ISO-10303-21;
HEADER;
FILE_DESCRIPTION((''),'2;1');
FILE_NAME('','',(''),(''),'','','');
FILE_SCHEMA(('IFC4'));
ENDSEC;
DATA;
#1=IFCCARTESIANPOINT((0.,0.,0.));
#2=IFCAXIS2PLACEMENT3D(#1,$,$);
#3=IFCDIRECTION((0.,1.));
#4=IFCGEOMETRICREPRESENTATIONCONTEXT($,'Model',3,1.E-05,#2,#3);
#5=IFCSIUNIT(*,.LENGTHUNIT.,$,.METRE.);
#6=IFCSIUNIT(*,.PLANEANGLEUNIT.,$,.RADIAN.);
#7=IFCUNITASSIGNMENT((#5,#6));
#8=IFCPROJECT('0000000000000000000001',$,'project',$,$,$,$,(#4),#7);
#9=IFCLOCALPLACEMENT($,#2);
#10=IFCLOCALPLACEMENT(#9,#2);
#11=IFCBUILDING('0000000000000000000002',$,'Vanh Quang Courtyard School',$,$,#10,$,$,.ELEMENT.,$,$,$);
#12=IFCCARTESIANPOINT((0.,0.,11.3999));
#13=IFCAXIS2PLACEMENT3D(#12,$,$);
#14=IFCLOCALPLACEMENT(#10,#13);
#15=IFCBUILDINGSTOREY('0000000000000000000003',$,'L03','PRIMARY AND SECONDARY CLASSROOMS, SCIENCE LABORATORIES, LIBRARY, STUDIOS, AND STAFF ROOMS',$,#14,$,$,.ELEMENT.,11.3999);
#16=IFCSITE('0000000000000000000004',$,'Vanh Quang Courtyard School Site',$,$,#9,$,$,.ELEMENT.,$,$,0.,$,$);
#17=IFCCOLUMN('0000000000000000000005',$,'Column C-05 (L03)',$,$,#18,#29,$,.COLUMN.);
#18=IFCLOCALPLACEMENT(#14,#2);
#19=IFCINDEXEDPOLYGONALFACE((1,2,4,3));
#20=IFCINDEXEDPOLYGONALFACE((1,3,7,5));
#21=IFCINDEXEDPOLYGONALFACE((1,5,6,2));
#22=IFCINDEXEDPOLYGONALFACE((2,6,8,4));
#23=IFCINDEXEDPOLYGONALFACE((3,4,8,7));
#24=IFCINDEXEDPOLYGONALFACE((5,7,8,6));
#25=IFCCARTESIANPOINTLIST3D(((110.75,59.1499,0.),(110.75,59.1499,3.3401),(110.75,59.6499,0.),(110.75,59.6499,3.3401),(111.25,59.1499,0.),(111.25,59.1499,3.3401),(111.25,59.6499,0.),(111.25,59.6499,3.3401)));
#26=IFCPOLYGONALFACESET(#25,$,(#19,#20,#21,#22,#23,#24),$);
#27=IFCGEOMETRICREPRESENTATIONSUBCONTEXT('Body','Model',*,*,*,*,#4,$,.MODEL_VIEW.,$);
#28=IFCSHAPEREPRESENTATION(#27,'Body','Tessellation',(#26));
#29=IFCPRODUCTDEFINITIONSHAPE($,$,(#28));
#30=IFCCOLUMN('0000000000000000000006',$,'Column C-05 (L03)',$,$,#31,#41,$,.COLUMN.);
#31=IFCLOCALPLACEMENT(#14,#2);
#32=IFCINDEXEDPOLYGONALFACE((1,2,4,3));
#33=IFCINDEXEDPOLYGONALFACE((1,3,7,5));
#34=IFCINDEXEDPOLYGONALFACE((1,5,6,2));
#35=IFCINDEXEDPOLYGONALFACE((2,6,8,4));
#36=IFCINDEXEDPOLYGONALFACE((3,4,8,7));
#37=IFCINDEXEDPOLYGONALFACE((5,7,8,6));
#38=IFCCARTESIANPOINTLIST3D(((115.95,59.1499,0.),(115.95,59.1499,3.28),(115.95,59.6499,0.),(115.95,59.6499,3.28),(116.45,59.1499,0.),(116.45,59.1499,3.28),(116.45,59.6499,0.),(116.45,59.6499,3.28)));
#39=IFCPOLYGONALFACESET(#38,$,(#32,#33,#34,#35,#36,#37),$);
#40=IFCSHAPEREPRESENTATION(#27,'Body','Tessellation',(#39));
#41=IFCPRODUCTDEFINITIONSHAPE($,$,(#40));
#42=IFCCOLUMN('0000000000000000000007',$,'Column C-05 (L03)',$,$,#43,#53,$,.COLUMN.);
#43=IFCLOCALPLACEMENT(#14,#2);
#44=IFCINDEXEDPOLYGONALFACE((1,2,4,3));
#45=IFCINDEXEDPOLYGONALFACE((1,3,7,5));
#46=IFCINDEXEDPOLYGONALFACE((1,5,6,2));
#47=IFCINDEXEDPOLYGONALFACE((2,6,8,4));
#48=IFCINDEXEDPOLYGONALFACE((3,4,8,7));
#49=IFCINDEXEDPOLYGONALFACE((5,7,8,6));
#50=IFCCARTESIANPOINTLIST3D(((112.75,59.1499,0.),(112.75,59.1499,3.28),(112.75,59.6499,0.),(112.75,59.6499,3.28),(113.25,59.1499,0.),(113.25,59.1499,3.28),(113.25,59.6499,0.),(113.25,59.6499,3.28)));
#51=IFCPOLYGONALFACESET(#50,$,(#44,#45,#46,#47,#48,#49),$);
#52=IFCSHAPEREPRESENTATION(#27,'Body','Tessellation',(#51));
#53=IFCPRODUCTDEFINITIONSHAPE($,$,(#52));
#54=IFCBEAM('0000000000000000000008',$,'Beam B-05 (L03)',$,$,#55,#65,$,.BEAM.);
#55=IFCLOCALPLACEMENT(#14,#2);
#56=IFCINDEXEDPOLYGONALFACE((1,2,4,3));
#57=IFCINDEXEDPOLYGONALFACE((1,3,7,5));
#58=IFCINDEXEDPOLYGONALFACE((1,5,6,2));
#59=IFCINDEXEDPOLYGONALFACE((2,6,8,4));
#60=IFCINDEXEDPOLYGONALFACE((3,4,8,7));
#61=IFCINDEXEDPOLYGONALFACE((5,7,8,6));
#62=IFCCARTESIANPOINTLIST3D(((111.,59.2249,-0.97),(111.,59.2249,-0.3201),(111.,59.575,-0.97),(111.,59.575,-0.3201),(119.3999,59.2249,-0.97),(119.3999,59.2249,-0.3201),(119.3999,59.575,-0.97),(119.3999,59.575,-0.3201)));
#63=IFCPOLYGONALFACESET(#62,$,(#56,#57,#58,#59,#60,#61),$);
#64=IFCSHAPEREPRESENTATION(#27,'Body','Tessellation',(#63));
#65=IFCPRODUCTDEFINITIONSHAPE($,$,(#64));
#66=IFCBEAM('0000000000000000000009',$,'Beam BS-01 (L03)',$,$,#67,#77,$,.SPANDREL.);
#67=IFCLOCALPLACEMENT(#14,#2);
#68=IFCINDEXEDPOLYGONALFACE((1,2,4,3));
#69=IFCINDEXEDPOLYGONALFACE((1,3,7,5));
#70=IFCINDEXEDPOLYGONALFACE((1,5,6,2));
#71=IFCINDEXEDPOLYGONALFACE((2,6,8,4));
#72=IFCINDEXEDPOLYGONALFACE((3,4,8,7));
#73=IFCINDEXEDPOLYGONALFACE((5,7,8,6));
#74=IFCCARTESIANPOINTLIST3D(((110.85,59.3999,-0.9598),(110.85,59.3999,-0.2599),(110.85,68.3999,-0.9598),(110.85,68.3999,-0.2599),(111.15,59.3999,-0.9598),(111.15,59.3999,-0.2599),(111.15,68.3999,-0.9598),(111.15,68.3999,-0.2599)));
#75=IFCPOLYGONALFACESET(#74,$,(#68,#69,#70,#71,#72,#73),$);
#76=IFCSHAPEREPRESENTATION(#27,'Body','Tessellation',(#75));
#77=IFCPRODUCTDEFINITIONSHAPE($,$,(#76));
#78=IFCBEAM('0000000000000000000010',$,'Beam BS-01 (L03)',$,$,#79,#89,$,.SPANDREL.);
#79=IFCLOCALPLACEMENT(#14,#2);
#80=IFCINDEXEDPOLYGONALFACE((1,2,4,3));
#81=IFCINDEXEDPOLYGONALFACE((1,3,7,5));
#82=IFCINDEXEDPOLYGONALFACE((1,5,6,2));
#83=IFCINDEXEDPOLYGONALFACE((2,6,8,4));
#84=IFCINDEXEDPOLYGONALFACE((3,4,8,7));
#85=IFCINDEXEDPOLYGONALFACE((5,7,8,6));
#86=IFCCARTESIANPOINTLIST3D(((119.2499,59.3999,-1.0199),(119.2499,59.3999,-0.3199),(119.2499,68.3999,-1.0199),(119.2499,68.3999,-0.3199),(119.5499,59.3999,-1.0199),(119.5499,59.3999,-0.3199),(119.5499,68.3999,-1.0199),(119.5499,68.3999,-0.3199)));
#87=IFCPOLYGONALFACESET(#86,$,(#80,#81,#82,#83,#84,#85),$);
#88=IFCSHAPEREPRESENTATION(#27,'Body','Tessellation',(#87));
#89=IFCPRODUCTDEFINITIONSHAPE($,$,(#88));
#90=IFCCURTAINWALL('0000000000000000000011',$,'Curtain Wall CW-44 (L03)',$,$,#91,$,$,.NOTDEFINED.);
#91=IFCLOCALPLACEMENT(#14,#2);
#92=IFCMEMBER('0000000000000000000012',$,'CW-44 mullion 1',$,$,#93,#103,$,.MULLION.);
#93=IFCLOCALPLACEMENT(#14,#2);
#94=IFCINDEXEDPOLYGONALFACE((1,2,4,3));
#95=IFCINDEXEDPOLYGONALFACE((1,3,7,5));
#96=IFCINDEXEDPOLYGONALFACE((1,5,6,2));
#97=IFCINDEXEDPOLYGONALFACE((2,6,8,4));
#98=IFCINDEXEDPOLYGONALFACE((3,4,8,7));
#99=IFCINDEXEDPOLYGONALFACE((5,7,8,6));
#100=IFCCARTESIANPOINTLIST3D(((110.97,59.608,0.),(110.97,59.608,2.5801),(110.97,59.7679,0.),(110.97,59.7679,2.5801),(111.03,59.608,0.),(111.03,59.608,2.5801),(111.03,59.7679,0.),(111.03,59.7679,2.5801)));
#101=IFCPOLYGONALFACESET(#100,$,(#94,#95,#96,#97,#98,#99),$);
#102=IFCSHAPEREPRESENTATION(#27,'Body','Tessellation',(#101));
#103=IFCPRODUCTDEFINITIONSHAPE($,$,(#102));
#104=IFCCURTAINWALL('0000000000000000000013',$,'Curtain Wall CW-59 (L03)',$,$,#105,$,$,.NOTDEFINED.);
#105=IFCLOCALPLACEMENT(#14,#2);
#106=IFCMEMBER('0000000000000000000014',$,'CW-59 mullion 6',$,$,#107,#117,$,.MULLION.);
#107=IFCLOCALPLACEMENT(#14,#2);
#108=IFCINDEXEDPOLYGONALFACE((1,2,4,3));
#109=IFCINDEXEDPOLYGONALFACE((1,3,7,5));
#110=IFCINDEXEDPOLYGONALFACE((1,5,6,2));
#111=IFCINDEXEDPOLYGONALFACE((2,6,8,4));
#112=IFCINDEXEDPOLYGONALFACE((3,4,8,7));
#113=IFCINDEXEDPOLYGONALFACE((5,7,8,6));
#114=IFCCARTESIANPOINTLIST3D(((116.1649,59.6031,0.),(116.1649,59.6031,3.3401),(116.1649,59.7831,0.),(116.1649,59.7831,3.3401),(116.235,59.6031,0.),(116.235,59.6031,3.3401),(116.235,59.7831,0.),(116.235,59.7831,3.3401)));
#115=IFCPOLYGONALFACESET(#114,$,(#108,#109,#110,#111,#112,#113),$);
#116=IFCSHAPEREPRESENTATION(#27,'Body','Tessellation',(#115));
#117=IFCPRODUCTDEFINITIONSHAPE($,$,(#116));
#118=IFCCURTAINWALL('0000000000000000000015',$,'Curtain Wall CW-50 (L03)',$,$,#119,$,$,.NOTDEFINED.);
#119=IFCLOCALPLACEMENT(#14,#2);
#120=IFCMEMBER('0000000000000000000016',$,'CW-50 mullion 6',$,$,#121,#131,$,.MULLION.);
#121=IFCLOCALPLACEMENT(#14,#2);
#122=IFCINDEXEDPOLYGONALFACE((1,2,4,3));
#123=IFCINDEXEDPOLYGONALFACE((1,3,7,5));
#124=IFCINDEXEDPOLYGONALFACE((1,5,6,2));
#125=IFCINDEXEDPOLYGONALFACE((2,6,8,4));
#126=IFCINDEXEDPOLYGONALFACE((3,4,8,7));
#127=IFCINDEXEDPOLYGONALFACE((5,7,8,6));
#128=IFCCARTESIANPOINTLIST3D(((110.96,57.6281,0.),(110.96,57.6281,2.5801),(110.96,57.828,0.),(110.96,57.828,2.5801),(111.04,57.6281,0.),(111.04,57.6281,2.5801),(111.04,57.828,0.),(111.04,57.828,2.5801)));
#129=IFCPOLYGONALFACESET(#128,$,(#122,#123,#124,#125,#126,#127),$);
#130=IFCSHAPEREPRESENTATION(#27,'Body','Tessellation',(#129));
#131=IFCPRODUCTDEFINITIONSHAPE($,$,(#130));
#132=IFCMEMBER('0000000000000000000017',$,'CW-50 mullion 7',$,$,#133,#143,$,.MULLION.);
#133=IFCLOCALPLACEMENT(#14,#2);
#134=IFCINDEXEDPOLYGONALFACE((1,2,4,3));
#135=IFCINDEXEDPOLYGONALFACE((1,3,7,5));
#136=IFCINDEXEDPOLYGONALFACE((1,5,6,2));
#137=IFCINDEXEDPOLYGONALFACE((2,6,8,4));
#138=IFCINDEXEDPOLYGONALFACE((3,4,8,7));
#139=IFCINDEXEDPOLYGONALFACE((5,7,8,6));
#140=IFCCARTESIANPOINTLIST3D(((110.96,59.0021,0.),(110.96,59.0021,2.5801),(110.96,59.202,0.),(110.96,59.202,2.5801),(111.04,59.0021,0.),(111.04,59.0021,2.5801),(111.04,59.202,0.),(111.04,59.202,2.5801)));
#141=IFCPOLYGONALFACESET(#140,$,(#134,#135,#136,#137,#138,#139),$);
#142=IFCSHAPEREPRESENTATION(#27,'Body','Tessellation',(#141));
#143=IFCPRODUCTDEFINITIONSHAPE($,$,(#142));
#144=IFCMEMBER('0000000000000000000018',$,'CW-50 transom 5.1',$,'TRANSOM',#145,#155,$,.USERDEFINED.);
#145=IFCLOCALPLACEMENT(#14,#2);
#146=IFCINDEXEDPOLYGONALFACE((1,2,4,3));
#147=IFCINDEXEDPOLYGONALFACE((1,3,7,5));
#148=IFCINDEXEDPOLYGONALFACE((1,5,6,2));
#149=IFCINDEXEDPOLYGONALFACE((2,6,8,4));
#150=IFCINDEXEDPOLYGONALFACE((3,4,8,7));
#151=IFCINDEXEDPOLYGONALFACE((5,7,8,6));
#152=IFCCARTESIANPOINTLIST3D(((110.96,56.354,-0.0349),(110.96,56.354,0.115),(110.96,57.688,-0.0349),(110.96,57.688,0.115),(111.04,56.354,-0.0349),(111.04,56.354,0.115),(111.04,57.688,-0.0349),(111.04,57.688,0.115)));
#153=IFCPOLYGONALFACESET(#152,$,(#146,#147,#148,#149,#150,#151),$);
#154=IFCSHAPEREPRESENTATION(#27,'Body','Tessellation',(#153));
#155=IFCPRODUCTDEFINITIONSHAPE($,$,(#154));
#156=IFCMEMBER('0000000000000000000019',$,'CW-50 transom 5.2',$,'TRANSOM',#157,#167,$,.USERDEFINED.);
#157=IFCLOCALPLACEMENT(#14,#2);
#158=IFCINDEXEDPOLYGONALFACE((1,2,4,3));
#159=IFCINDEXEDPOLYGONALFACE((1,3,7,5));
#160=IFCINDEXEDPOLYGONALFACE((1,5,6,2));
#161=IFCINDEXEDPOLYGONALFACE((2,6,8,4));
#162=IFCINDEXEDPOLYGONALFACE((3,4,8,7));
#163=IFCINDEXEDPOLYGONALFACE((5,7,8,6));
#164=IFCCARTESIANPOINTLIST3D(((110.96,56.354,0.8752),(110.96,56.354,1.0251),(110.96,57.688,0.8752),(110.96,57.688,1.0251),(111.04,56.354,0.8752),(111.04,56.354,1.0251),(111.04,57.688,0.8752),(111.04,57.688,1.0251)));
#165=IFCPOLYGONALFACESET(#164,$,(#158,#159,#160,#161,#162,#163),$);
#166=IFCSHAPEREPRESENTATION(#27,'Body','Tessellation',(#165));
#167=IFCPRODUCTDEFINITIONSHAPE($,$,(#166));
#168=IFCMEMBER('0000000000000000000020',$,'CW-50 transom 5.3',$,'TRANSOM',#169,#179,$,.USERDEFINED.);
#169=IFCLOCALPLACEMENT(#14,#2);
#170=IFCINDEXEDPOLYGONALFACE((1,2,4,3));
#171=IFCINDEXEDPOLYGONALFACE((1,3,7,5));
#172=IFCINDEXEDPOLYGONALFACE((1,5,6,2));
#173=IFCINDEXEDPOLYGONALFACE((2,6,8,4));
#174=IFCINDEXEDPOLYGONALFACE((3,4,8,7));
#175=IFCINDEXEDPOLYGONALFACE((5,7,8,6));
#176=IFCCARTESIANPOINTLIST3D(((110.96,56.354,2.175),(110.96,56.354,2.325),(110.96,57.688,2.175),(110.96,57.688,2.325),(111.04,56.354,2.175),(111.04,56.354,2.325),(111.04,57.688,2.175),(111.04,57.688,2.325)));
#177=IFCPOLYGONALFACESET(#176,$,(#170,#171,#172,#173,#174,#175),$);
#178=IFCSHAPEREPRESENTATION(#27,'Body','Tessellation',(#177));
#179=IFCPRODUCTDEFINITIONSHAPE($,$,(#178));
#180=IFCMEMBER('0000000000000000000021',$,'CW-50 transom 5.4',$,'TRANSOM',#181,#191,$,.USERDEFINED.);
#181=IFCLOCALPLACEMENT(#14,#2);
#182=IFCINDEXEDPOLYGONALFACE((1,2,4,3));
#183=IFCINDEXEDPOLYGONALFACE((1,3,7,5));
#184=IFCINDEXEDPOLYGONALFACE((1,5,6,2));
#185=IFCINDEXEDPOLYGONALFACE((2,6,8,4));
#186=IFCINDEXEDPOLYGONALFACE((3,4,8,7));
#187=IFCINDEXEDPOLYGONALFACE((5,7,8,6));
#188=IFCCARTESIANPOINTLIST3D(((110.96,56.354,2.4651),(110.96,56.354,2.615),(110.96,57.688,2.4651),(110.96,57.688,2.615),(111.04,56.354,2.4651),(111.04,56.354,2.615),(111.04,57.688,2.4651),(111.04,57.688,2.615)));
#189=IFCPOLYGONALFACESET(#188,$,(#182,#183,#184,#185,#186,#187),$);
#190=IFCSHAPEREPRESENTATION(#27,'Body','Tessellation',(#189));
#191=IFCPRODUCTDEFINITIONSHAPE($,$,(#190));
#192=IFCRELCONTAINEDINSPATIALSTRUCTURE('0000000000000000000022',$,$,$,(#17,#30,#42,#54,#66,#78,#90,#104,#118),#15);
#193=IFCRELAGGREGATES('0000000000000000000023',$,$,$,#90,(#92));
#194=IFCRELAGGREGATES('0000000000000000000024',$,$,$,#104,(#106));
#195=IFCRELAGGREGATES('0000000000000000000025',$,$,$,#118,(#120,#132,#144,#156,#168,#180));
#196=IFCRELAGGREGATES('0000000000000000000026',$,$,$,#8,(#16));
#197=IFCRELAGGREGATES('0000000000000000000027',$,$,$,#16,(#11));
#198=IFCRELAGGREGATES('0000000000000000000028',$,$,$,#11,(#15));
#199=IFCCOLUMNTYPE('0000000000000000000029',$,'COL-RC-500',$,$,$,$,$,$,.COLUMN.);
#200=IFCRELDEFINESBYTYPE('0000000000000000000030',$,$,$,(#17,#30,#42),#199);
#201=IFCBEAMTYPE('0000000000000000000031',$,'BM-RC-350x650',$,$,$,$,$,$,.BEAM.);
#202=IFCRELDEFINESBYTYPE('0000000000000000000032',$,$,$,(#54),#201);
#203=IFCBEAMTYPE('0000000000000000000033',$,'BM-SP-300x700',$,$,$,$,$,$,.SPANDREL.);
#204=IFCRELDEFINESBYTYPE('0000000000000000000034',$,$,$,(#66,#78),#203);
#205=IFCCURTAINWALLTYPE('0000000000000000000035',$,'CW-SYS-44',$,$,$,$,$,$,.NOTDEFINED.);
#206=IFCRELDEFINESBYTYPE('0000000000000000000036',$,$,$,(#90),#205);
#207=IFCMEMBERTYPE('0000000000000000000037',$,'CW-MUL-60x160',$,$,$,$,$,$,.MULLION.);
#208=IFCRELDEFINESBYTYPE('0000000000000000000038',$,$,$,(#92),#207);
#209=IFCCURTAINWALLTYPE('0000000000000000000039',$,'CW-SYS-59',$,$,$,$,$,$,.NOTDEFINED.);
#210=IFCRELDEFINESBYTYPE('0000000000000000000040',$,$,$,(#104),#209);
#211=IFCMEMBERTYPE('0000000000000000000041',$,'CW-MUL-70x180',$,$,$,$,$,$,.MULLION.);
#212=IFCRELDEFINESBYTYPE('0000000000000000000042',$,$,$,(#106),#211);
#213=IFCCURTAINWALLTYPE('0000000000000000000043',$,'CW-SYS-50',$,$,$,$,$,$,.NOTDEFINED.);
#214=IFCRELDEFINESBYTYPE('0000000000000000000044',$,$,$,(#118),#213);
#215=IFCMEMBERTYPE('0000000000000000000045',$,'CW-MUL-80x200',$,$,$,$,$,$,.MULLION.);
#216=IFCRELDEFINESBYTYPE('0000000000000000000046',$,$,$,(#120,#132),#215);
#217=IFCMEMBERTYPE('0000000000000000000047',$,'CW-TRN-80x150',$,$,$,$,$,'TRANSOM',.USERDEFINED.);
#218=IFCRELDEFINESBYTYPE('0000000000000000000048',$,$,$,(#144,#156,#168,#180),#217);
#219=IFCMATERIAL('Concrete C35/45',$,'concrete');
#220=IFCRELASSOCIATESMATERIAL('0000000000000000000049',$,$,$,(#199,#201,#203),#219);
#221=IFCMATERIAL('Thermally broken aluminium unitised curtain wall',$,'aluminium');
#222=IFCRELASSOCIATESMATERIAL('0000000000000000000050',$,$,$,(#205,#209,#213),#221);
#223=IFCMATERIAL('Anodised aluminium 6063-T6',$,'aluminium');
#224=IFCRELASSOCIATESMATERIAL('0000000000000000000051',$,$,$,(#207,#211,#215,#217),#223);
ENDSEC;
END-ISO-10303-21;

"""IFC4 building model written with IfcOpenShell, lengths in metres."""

from ifc_helpers import new_model, si_unit, direction, frame, origin, origin_2d, place, context, subcontext, project, spatial, rectangle, extrude, material, material_profile, profile_set, type_object, element, aggregate, save


model = new_model("IFC4")

# Units and contexts
model_context = context("Model", 3, precision=1e-05, world=origin(), true_north=direction((0.0, 1.0)))
body_context = subcontext(model_context, "Body", "Model", "MODEL_VIEW")
ifc_project = project(units=[si_unit("LENGTHUNIT", "METRE"), si_unit("PLANEANGLEUNIT", "RADIAN")], contexts=[model_context])

# Site, building, storey
site_placement = place(None, origin())
site = spatial("IfcSite", under=ifc_project, at=site_placement, Name="Vanh Quang Courtyard School Site", CompositionType="ELEMENT", RefElevation=0.0)
building_placement = place(site_placement, origin())
building = spatial("IfcBuilding", under=site, at=building_placement, Name="Vanh Quang Courtyard School", CompositionType="ELEMENT")
storey_placement = place(building_placement, frame((0.0, 0.0, 11.3999)))
storey = spatial("IfcBuildingStorey", under=building, at=storey_placement, Name="L03", Description="PRIMARY AND SECONDARY CLASSROOMS, SCIENCE LABORATORIES, LIBRARY, STUDIOS, AND STAFF ROOMS", CompositionType="ELEMENT", Elevation=11.3999)

# Columns
ifc_material_1 = material(Name="Concrete C35/45", Category="concrete")
ifc_material_profile_1 = material_profile(ifc_material_1, rectangle(XDim=0.5, YDim=0.5, at=origin_2d()), Name="RC-COL 500x500")
ifc_profile_set_1 = profile_set([ifc_material_profile_1], Name="Concrete C35/45")
column_type = type_object("IfcColumnType", Name="COL-RC-500", PredefinedType="COLUMN", material=ifc_profile_set_1)
column_placement = place(storey_placement, frame((111.0, 59.3999, 0.0), z_axis=(0.0, 0.0, 1.0), x_axis=(1.0, 0.0, 0.0)))
element("IfcColumn", 1, at=column_placement, inside=storey, type_object=column_type, Name="Column C-05 (L03)", PredefinedType="COLUMN", context=body_context, shape_type="SweptSolid", body=[
    extrude(rectangle(XDim=0.5, YDim=0.5, at=origin_2d()), origin(), (0.0, 0.0, 1.0), 3.3401),
])
for number, where, z_axis, x_axis, name in (
    (2, (116.2, 59.3999, 0.0), (0.0, 0.0, 1.0), (1.0, 0.0, 0.0), "Column C-05 (L03)"),
    (3, (113.0, 59.3999, 0.0), (0.0, 0.0, 1.0), (1.0, 0.0, 0.0), "Column C-05 (L03)"),
):
    element("IfcColumn", number, at=place(storey_placement, frame(where, z_axis=z_axis, x_axis=x_axis)), inside=storey, type_object=column_type, Name=name, PredefinedType="COLUMN", context=body_context, shape_type="SweptSolid", body=[
        extrude(rectangle(XDim=0.5, YDim=0.5, at=origin_2d()), origin(), (0.0, 0.0, 1.0), 3.28),
    ])

# Beams
ifc_material_profile_2 = material_profile(ifc_material_1, rectangle(XDim=0.3501, YDim=0.6499, at=origin_2d()), Name="RC-BM 350x650")
ifc_profile_set_2 = profile_set([ifc_material_profile_2], Name="Concrete C35/45")
beam_type_1 = type_object("IfcBeamType", Name="BM-RC-350x650", PredefinedType="BEAM", material=ifc_profile_set_2)
beam_1_placement = place(storey_placement, frame((111.0, 59.3999, -0.645), z_axis=(1.0, 0.0, 0.0), x_axis=(0.0, 1.0, 0.0)))
element("IfcBeam", 4, at=beam_1_placement, inside=storey, type_object=beam_type_1, Name="Beam B-05 (L03)", PredefinedType="BEAM", context=body_context, shape_type="SweptSolid", body=[
    extrude(rectangle(XDim=0.3501, YDim=0.6499, at=origin_2d()), origin(), (0.0, 0.0, 1.0), 8.3999),
])
ifc_material_profile_3 = material_profile(ifc_material_1, rectangle(XDim=0.3, YDim=0.7, at=origin_2d()), Name="RC-SP 300x700")
ifc_profile_set_3 = profile_set([ifc_material_profile_3], Name="Concrete C35/45")
beam_type_2 = type_object("IfcBeamType", Name="BM-SP-300x700", PredefinedType="SPANDREL", material=ifc_profile_set_3)
for number, where, z_axis, x_axis, name in (
    (5, (111.0, 59.3999, -0.6099), (0.0, 1.0, 0.0), (-1.0, 0.0, 0.0), "Beam BS-01 (L03)"),
    (6, (119.3999, 59.3999, -0.6699), (0.0, 1.0, 0.0), (-1.0, 0.0, 0.0), "Beam BS-01 (L03)"),
):
    element("IfcBeam", number, at=place(storey_placement, frame(where, z_axis=z_axis, x_axis=x_axis)), inside=storey, type_object=beam_type_2, Name=name, PredefinedType="SPANDREL", context=body_context, shape_type="SweptSolid", body=[
        extrude(rectangle(XDim=0.3, YDim=0.7, at=origin_2d()), origin(), (0.0, 0.0, 1.0), 9.0),
    ])

# Curtain walls, members
ifc_material_2 = material(Name="Thermally broken aluminium unitised curtain wall", Category="aluminium")
curtain_wall_type_1 = type_object("IfcCurtainWallType", Name="CW-SYS-44", PredefinedType="NOTDEFINED", material=ifc_material_2)
curtain_wall_1_placement = place(storey_placement, origin())
curtain_wall_1 = element("IfcCurtainWall", 7, at=curtain_wall_1_placement, inside=storey, type_object=curtain_wall_type_1, Name="Curtain Wall CW-44 (L03)", PredefinedType="NOTDEFINED")
ifc_material_3 = material(Name="Anodised aluminium 6063-T6", Category="aluminium")
ifc_material_profile_4 = material_profile(ifc_material_3, rectangle(XDim=0.0601, YDim=0.1599, at=origin_2d()), Name="ALU-MUL 60x160")
ifc_profile_set_4 = profile_set([ifc_material_profile_4], Name="Anodised aluminium 6063-T6")
member_type_1 = type_object("IfcMemberType", Name="CW-MUL-60x160", PredefinedType="MULLION", material=ifc_profile_set_4)
member_1_placement = place(storey_placement, frame((111.0, 59.688, 0.0), z_axis=(0.0, 0.0, 1.0), x_axis=(-1.0, 0.0, 0.0)))
member_1 = element("IfcMember", 8, at=member_1_placement, type_object=member_type_1, Name="CW-44 mullion 1", PredefinedType="MULLION", context=body_context, shape_type="SweptSolid", body=[
    extrude(rectangle(XDim=0.0601, YDim=0.1599, at=origin_2d()), origin(), (0.0, 0.0, 1.0), 2.5801),
])
aggregate(curtain_wall_1, [member_1])
curtain_wall_type_2 = type_object("IfcCurtainWallType", Name="CW-SYS-59", PredefinedType="NOTDEFINED", material=ifc_material_2)
curtain_wall_2_placement = place(storey_placement, origin())
curtain_wall_2 = element("IfcCurtainWall", 9, at=curtain_wall_2_placement, inside=storey, type_object=curtain_wall_type_2, Name="Curtain Wall CW-59 (L03)", PredefinedType="NOTDEFINED")
ifc_material_profile_5 = material_profile(ifc_material_3, rectangle(XDim=0.0701, YDim=0.1799, at=origin_2d()), Name="ALU-MUL 70x180")
ifc_profile_set_5 = profile_set([ifc_material_profile_5], Name="Anodised aluminium 6063-T6")
member_type_2 = type_object("IfcMemberType", Name="CW-MUL-70x180", PredefinedType="MULLION", material=ifc_profile_set_5)
member_2_placement = place(storey_placement, frame((116.2, 59.6931, 0.0), z_axis=(0.0, 0.0, 1.0), x_axis=(1.0, 0.0, 0.0)))
member_2 = element("IfcMember", 10, at=member_2_placement, type_object=member_type_2, Name="CW-59 mullion 6", PredefinedType="MULLION", context=body_context, shape_type="SweptSolid", body=[
    extrude(rectangle(XDim=0.0701, YDim=0.1799, at=origin_2d()), origin(), (0.0, 0.0, 1.0), 3.3401),
])
aggregate(curtain_wall_2, [member_2])

# Curtain wall, members
curtain_wall_type_3 = type_object("IfcCurtainWallType", Name="CW-SYS-50", PredefinedType="NOTDEFINED", material=ifc_material_2)
curtain_wall_3_placement = place(storey_placement, origin())
curtain_wall_3 = element("IfcCurtainWall", 11, at=curtain_wall_3_placement, inside=storey, type_object=curtain_wall_type_3, Name="Curtain Wall CW-50 (L03)", PredefinedType="NOTDEFINED")
ifc_material_profile_6 = material_profile(ifc_material_3, rectangle(XDim=0.0801, YDim=0.2, at=origin_2d()), Name="ALU-MUL 80x200")
ifc_profile_set_6 = profile_set([ifc_material_profile_6], Name="Anodised aluminium 6063-T6")
member_type_3 = type_object("IfcMemberType", Name="CW-MUL-80x200", PredefinedType="MULLION", material=ifc_profile_set_6)
member_3_placement = place(storey_placement, frame((111.0, 57.728, 0.0), z_axis=(0.0, 0.0, 1.0), x_axis=(-1.0, 0.0, 0.0)))
member_3 = element("IfcMember", 12, at=member_3_placement, type_object=member_type_3, Name="CW-50 mullion 6", PredefinedType="MULLION", context=body_context, shape_type="SweptSolid", body=[
    extrude(rectangle(XDim=0.0801, YDim=0.2, at=origin_2d()), origin(), (0.0, 0.0, 1.0), 2.5801),
])
member_4_placement = place(storey_placement, frame((111.0, 59.1021, 0.0), z_axis=(0.0, 0.0, 1.0), x_axis=(-1.0, 0.0, 0.0)))
member_4 = element("IfcMember", 13, at=member_4_placement, type_object=member_type_3, Name="CW-50 mullion 7", PredefinedType="MULLION", context=body_context, shape_type="SweptSolid", body=[
    extrude(rectangle(XDim=0.0801, YDim=0.2, at=origin_2d()), origin(), (0.0, 0.0, 1.0), 2.5801),
])
ifc_material_profile_7 = material_profile(ifc_material_3, rectangle(XDim=0.0801, YDim=0.1499, at=origin_2d()), Name="ALU-TRN 80x150")
ifc_profile_set_7 = profile_set([ifc_material_profile_7], Name="Anodised aluminium 6063-T6")
member_type_4 = type_object("IfcMemberType", Name="CW-TRN-80x150", ElementType="TRANSOM", PredefinedType="USERDEFINED", material=ifc_profile_set_7)
member_5_placement = place(storey_placement, frame((111.0, 56.354, 0.04), z_axis=(0.0, 1.0, 0.0), x_axis=(-1.0, 0.0, 0.0)))
member_5 = element("IfcMember", 14, at=member_5_placement, type_object=member_type_4, Name="CW-50 transom 5.1", ObjectType="TRANSOM", PredefinedType="USERDEFINED", context=body_context, shape_type="SweptSolid", body=[
    extrude(rectangle(XDim=0.0801, YDim=0.1499, at=origin_2d()), origin(), (0.0, 0.0, 1.0), 1.334),
])
member_6_placement = place(storey_placement, frame((111.0, 56.354, 0.9502), z_axis=(0.0, 1.0, 0.0), x_axis=(-1.0, 0.0, 0.0)))
member_6 = element("IfcMember", 15, at=member_6_placement, type_object=member_type_4, Name="CW-50 transom 5.2", ObjectType="TRANSOM", PredefinedType="USERDEFINED", context=body_context, shape_type="SweptSolid", body=[
    extrude(rectangle(XDim=0.0801, YDim=0.1499, at=origin_2d()), origin(), (0.0, 0.0, 1.0), 1.334),
])
member_7_placement = place(storey_placement, frame((111.0, 56.354, 2.25), z_axis=(0.0, 1.0, 0.0), x_axis=(-1.0, 0.0, 0.0)))
member_7 = element("IfcMember", 16, at=member_7_placement, type_object=member_type_4, Name="CW-50 transom 5.3", ObjectType="TRANSOM", PredefinedType="USERDEFINED", context=body_context, shape_type="SweptSolid", body=[
    extrude(rectangle(XDim=0.0801, YDim=0.1499, at=origin_2d()), origin(), (0.0, 0.0, 1.0), 1.334),
])
member_8_placement = place(storey_placement, frame((111.0, 56.354, 2.54), z_axis=(0.0, 1.0, 0.0), x_axis=(-1.0, 0.0, 0.0)))
member_8 = element("IfcMember", 17, at=member_8_placement, type_object=member_type_4, Name="CW-50 transom 5.4", ObjectType="TRANSOM", PredefinedType="USERDEFINED", context=body_context, shape_type="SweptSolid", body=[
    extrude(rectangle(XDim=0.0801, YDim=0.1499, at=origin_2d()), origin(), (0.0, 0.0, 1.0), 1.334),
])

aggregate(curtain_wall_3, [member_3, member_4, member_5, member_6, member_7, member_8])

save(model, "model.ifc")
